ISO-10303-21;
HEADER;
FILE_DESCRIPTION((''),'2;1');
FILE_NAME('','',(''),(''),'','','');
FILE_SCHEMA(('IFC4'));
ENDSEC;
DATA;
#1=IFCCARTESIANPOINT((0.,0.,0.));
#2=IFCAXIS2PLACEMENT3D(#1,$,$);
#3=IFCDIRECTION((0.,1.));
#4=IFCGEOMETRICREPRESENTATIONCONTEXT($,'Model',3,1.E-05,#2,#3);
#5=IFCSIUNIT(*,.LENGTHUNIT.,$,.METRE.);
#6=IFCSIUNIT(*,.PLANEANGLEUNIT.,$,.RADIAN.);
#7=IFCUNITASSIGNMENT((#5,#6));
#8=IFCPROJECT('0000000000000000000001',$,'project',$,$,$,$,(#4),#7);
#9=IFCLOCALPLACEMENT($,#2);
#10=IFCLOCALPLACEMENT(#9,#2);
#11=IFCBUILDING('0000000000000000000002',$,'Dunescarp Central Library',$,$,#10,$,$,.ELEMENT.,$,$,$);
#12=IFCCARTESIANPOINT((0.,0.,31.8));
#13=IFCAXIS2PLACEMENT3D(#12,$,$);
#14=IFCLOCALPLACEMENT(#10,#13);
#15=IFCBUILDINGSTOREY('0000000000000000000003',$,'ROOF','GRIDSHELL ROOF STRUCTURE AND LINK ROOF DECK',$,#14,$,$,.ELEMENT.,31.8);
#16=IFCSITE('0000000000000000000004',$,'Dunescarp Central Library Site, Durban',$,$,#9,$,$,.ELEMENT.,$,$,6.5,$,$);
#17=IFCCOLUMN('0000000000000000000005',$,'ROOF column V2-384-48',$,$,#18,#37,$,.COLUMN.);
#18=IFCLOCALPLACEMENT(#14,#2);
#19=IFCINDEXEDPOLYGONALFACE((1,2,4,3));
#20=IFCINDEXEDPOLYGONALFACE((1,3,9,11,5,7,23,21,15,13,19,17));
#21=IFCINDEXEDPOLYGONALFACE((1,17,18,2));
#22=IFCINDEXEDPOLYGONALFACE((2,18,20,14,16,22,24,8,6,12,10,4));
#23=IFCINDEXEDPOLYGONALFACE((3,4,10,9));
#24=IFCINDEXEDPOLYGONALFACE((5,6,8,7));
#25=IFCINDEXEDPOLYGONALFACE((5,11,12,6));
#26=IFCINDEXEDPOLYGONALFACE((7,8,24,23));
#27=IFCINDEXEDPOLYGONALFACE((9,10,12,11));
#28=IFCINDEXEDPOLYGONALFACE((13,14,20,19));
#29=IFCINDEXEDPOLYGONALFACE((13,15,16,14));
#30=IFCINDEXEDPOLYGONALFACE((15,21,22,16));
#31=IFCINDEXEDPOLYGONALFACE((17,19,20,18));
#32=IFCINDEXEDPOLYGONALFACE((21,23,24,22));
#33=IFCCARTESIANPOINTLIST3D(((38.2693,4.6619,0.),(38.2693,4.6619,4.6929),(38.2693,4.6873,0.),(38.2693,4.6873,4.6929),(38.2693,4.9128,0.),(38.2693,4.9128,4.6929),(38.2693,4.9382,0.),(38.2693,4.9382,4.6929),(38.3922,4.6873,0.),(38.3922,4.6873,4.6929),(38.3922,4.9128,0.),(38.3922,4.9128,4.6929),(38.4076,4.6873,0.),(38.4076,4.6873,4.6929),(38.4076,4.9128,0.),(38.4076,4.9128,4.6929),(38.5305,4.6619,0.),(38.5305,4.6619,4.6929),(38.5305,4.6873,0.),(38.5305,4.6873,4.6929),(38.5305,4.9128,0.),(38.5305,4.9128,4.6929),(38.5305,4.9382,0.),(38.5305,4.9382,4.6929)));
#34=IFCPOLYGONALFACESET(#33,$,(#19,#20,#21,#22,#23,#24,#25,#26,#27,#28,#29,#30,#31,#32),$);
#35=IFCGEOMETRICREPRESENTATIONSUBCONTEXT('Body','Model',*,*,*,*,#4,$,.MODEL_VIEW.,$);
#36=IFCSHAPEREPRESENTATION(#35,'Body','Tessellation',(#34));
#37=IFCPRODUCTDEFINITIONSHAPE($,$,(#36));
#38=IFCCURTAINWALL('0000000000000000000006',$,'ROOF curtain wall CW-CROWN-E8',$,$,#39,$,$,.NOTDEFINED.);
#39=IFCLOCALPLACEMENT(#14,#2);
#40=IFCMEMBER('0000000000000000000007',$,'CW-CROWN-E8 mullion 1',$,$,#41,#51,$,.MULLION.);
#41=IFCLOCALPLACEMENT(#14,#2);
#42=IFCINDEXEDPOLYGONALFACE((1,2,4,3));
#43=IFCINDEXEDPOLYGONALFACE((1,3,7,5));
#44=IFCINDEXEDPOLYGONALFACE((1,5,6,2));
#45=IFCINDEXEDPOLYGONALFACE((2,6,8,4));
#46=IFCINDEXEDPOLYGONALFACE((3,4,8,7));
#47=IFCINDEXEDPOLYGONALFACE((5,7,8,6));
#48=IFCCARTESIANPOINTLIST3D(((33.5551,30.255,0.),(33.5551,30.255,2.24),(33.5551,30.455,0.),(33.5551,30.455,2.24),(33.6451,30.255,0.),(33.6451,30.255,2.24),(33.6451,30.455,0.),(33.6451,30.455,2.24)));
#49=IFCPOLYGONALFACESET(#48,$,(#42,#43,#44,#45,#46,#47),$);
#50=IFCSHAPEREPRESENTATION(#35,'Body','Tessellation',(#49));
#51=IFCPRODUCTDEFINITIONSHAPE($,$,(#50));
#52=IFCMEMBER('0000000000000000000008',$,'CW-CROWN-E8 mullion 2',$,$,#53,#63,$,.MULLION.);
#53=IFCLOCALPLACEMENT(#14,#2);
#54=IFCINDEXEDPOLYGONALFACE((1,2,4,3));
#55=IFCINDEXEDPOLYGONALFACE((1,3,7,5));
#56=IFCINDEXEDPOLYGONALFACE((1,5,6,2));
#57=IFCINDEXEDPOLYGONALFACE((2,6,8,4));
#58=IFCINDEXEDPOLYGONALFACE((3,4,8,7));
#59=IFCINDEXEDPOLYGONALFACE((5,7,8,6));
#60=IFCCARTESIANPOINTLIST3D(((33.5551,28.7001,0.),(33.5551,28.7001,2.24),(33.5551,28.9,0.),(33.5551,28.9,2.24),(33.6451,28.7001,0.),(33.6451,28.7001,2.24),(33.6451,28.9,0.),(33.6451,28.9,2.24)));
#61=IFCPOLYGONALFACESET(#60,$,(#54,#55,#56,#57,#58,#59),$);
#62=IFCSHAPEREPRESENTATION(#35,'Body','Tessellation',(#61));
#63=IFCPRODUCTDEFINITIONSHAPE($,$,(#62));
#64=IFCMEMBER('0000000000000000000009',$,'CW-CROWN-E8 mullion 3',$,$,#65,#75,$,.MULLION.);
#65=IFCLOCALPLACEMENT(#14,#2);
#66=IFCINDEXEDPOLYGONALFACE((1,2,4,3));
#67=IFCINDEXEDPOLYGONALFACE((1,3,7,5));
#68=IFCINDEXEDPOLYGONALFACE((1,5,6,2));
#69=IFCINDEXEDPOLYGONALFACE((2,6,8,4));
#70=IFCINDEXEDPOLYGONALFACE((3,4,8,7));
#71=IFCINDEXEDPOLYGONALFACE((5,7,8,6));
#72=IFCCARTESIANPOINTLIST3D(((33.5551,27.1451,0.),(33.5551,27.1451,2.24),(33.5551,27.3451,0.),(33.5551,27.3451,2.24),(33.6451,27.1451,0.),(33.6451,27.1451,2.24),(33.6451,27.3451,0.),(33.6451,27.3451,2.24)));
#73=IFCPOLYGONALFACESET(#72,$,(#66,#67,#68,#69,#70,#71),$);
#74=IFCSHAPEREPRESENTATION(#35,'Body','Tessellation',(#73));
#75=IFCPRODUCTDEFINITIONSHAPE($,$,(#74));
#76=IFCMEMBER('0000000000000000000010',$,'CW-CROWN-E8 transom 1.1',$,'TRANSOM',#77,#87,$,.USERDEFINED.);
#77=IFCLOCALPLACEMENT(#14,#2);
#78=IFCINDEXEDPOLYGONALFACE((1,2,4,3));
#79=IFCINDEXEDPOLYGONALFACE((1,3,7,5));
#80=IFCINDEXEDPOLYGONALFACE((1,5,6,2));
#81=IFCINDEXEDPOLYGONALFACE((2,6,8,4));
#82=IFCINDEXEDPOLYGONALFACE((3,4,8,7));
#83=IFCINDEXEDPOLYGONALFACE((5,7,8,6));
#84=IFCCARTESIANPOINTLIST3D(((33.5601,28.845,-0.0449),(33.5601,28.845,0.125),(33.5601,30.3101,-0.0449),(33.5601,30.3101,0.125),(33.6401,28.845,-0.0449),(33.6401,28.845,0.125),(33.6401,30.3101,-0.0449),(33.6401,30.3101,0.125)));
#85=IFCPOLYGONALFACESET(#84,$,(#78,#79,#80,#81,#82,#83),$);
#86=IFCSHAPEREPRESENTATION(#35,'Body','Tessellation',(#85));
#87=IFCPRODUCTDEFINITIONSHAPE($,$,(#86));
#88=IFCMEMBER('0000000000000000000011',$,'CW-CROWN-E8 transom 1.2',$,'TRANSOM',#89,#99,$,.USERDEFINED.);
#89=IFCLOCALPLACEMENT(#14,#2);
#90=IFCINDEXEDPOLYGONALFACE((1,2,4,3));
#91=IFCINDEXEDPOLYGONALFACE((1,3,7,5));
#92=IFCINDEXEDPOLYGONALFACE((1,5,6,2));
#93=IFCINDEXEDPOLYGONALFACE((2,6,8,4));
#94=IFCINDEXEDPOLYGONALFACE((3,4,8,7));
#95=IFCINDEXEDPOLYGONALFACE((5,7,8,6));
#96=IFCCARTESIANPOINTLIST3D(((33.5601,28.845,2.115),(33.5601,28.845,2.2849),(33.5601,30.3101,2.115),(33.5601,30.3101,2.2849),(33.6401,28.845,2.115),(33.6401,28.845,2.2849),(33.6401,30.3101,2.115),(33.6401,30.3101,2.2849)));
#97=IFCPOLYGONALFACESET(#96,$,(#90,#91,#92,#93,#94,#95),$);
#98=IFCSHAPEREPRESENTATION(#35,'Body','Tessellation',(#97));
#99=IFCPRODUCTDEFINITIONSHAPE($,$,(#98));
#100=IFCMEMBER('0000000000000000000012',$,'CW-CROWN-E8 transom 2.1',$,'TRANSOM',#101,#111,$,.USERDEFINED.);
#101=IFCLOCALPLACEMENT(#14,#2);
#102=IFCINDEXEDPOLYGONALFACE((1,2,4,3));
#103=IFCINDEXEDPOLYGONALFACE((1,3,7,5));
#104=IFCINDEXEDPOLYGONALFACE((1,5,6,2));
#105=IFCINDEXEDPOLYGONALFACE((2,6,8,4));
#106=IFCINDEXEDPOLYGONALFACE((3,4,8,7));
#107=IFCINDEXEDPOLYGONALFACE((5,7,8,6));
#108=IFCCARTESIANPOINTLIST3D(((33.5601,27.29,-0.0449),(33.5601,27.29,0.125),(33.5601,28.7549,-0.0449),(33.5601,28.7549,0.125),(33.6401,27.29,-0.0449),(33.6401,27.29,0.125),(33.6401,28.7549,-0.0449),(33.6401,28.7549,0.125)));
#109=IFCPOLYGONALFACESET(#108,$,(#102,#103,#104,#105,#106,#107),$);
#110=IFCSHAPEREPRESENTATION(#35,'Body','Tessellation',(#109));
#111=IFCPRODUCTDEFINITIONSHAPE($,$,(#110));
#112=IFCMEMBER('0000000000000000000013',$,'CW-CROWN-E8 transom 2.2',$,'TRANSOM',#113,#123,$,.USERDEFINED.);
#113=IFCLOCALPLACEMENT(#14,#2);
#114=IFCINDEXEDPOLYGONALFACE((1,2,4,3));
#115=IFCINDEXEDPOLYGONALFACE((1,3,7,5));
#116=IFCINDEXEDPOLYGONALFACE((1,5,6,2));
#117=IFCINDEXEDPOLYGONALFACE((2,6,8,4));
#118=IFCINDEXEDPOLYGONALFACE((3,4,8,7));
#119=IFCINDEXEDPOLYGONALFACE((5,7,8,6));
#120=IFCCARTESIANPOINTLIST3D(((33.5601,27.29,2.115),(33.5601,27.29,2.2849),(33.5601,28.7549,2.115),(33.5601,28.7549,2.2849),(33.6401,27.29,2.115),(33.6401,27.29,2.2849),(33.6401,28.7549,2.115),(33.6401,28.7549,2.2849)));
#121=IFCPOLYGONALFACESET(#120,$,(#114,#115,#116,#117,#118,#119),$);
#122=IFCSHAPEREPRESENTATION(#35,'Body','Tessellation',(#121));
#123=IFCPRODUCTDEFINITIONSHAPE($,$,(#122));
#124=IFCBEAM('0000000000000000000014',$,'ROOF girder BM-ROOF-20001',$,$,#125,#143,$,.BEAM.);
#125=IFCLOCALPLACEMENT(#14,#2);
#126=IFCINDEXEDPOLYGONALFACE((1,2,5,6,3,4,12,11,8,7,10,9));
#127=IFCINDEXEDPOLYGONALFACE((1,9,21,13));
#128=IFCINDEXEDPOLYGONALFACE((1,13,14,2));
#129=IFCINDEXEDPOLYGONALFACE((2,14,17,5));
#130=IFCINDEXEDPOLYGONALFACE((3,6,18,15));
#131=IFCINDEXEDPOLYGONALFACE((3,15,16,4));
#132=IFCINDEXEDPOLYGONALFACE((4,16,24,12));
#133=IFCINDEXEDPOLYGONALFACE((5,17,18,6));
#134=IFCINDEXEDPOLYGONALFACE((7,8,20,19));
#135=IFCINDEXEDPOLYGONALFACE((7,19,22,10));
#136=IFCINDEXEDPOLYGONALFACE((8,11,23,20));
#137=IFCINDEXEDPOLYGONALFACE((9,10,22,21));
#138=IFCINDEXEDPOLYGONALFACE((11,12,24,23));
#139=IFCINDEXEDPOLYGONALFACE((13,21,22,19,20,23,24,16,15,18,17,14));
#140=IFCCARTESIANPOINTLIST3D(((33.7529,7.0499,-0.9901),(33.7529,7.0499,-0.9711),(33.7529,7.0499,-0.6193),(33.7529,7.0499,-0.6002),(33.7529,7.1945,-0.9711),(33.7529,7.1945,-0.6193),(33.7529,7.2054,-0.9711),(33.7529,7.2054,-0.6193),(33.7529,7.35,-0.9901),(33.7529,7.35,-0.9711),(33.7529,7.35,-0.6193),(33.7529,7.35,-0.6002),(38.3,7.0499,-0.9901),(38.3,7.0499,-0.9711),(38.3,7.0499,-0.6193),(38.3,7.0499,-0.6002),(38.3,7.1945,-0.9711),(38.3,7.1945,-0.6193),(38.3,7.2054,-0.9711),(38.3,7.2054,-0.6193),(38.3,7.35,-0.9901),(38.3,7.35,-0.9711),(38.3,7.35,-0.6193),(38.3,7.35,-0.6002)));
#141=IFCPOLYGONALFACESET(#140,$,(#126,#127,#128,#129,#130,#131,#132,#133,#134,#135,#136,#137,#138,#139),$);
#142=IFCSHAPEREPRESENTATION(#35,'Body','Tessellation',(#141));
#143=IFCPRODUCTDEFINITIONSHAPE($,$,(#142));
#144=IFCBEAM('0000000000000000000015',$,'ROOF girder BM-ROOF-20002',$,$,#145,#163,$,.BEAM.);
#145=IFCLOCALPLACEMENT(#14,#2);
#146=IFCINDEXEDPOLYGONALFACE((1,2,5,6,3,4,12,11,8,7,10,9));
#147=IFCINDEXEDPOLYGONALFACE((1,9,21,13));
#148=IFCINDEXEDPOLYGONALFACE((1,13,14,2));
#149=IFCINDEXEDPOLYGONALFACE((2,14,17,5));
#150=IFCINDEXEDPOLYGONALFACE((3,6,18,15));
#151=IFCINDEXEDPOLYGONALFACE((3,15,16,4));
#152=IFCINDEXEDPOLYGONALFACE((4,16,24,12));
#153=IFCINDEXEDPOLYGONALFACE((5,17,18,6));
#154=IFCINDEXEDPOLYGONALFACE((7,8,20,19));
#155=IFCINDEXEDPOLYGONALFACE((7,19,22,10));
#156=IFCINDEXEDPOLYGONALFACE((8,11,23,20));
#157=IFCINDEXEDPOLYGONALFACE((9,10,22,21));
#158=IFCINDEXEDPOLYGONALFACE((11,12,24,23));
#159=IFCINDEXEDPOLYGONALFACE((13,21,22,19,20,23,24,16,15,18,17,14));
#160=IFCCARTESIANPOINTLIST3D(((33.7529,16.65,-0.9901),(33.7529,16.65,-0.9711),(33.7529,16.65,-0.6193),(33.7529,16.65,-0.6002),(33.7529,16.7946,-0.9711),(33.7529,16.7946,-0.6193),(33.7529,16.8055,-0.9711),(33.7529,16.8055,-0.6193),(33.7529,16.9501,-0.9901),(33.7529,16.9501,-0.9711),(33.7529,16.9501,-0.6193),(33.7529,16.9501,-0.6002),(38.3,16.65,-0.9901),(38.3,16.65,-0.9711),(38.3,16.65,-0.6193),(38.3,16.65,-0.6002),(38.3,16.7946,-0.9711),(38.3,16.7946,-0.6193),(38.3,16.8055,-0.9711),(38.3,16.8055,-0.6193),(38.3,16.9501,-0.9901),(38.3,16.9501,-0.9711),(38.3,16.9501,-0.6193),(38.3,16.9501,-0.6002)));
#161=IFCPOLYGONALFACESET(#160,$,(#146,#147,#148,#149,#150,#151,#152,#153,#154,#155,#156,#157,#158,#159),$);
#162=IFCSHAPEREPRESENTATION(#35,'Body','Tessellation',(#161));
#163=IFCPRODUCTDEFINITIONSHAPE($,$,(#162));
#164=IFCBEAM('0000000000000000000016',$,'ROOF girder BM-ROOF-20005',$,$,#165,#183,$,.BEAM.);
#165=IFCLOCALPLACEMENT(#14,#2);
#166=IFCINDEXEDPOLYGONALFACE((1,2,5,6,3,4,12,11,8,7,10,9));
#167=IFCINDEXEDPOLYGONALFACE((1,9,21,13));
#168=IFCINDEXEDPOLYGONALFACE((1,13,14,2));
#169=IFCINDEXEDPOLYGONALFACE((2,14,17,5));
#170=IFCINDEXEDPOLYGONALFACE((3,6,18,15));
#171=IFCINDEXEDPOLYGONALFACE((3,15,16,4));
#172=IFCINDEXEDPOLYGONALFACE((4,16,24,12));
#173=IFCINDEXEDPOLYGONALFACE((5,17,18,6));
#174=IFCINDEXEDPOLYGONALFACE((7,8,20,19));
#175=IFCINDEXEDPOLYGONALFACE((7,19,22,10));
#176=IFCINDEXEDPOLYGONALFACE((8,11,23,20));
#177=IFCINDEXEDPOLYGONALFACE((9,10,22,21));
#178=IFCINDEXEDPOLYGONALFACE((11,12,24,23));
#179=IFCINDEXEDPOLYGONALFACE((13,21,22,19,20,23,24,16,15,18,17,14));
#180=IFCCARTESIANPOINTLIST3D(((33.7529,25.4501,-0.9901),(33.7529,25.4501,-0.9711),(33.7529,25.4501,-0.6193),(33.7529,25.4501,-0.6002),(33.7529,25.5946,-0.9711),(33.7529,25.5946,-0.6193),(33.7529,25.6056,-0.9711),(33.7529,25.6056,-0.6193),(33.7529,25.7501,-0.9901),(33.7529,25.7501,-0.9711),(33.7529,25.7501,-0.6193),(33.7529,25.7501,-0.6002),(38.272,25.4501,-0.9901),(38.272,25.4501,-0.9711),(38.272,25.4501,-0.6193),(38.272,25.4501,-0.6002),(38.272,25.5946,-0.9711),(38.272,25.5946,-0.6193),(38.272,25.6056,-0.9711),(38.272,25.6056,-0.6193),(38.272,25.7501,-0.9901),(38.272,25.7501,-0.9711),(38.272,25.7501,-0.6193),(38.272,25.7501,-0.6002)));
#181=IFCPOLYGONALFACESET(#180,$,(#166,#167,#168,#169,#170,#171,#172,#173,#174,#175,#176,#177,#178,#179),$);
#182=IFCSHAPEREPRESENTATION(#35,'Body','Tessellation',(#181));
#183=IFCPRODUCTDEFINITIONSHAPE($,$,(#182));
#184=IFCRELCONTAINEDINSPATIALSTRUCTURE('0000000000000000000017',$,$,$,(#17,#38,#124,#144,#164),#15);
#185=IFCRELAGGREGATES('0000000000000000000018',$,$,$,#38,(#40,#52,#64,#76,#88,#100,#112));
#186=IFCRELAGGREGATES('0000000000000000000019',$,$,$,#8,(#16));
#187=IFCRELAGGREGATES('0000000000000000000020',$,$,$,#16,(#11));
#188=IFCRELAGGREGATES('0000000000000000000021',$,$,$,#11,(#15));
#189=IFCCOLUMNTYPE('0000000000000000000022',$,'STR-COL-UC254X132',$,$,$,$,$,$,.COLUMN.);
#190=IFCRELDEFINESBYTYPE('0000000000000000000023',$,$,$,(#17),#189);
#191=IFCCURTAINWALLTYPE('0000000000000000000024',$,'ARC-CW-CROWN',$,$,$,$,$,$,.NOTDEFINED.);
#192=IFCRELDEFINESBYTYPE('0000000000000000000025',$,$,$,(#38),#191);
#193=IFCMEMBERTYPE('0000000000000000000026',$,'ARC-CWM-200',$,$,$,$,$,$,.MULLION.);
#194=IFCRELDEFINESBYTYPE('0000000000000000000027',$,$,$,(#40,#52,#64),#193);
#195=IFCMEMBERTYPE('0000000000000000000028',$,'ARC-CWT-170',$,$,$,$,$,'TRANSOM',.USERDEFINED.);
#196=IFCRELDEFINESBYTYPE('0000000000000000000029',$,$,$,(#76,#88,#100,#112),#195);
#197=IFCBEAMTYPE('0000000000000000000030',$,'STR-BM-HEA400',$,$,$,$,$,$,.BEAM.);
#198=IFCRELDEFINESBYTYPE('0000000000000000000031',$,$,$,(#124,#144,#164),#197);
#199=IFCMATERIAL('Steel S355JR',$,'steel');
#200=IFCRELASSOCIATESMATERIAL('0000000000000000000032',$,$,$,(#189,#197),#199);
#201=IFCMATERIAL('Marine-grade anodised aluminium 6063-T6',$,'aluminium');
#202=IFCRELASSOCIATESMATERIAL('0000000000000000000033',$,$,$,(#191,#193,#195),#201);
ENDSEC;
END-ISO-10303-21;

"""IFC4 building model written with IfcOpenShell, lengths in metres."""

from ifc_helpers import new_model, si_unit, direction, frame, origin, origin_2d, place, context, subcontext, project, spatial, rectangle, i_section, extrude, material, material_profile, profile_set, type_object, element, aggregate, save


model = new_model("IFC4")

# Units and contexts
model_context = context("Model", 3, precision=1e-05, world=origin(), true_north=direction((0.0, 1.0)))
body_context = subcontext(model_context, "Body", "Model", "MODEL_VIEW")
ifc_project = project(units=[si_unit("LENGTHUNIT", "METRE"), si_unit("PLANEANGLEUNIT", "RADIAN")], contexts=[model_context])

# Site, building, storey
site_placement = place(None, origin())
site = spatial("IfcSite", under=ifc_project, at=site_placement, Name="Dunescarp Central Library Site, Durban", CompositionType="ELEMENT", RefElevation=6.5)
building_placement = place(site_placement, origin())
building = spatial("IfcBuilding", under=site, at=building_placement, Name="Dunescarp Central Library", CompositionType="ELEMENT")
storey_placement = place(building_placement, frame((0.0, 0.0, 31.8)))
storey = spatial("IfcBuildingStorey", under=building, at=storey_placement, Name="ROOF", Description="GRIDSHELL ROOF STRUCTURE AND LINK ROOF DECK", CompositionType="ELEMENT", Elevation=31.8)

# Column
ifc_material_1 = material(Name="Steel S355JR", Category="steel")
ifc_material_profile_1 = material_profile(ifc_material_1, i_section(OverallWidth=0.2612, OverallDepth=0.2764, WebThickness=0.0154, FlangeThickness=0.0254, at=origin_2d()), Name="UC 254x254x132")
ifc_profile_set_1 = profile_set([ifc_material_profile_1], Name="Steel S355JR")
column_type = type_object("IfcColumnType", Name="STR-COL-UC254X132", PredefinedType="COLUMN", material=ifc_profile_set_1)
column_placement = place(storey_placement, frame((38.3999, 4.8, 0.0), z_axis=(0.0, 0.0, 1.0), x_axis=(1.0, 0.0, 0.0)))
element("IfcColumn", 1, at=column_placement, inside=storey, type_object=column_type, Name="ROOF column V2-384-48", PredefinedType="COLUMN", context=body_context, shape_type="SweptSolid", body=[
    extrude(i_section(OverallWidth=0.2612, OverallDepth=0.2764, WebThickness=0.0154, FlangeThickness=0.0254, at=origin_2d()), origin(), (0.0, 0.0, 1.0), 4.6929),
])

# Curtain wall, members
ifc_material_2 = material(Name="Marine-grade anodised aluminium 6063-T6", Category="aluminium")
curtain_wall_type = type_object("IfcCurtainWallType", Name="ARC-CW-CROWN", PredefinedType="NOTDEFINED", material=ifc_material_2)
curtain_wall_1_placement = place(storey_placement, origin())
curtain_wall_1 = element("IfcCurtainWall", 2, at=curtain_wall_1_placement, inside=storey, type_object=curtain_wall_type, Name="ROOF curtain wall CW-CROWN-E8", PredefinedType="NOTDEFINED")
ifc_material_profile_2 = material_profile(ifc_material_2, rectangle(XDim=0.0901, YDim=0.2, at=origin_2d()), Name="AL 90x200")
ifc_profile_set_2 = profile_set([ifc_material_profile_2], Name="Marine-grade anodised aluminium 6063-T6")
member_type_1 = type_object("IfcMemberType", Name="ARC-CWM-200", PredefinedType="MULLION", material=ifc_profile_set_2)
member_1_placement = place(storey_placement, frame((33.6001, 30.355, 0.0), z_axis=(0.0, 0.0, 1.0), x_axis=(1.0, 0.0, 0.0)))
member_1 = element("IfcMember", 3, at=member_1_placement, type_object=member_type_1, Name="CW-CROWN-E8 mullion 1", PredefinedType="MULLION", context=body_context, shape_type="SweptSolid", body=[
    extrude(rectangle(XDim=0.0901, YDim=0.2, at=origin_2d()), origin(), (0.0, 0.0, 1.0), 2.24),
])
member_2_placement = place(storey_placement, frame((33.6001, 28.8, 0.0), z_axis=(0.0, 0.0, 1.0), x_axis=(1.0, 0.0, 0.0)))
member_2 = element("IfcMember", 4, at=member_2_placement, type_object=member_type_1, Name="CW-CROWN-E8 mullion 2", PredefinedType="MULLION", context=body_context, shape_type="SweptSolid", body=[
    extrude(rectangle(XDim=0.0901, YDim=0.2, at=origin_2d()), origin(), (0.0, 0.0, 1.0), 2.24),
])
member_3_placement = place(storey_placement, frame((33.6001, 27.2451, 0.0), z_axis=(0.0, 0.0, 1.0), x_axis=(1.0, 0.0, 0.0)))
member_3 = element("IfcMember", 5, at=member_3_placement, type_object=member_type_1, Name="CW-CROWN-E8 mullion 3", PredefinedType="MULLION", context=body_context, shape_type="SweptSolid", body=[
    extrude(rectangle(XDim=0.0901, YDim=0.2, at=origin_2d()), origin(), (0.0, 0.0, 1.0), 2.24),
])
ifc_material_profile_3 = material_profile(ifc_material_2, rectangle(XDim=0.0801, YDim=0.1699, at=origin_2d()), Name="AL 80x170")
ifc_profile_set_3 = profile_set([ifc_material_profile_3], Name="Marine-grade anodised aluminium 6063-T6")
member_type_2 = type_object("IfcMemberType", Name="ARC-CWT-170", ElementType="TRANSOM", PredefinedType="USERDEFINED", material=ifc_profile_set_3)
member_4_placement = place(storey_placement, frame((33.6001, 30.3101, 0.04), z_axis=(0.0, -1.0, 0.0), x_axis=(1.0, 0.0, 0.0)))
member_4 = element("IfcMember", 6, at=member_4_placement, type_object=member_type_2, Name="CW-CROWN-E8 transom 1.1", ObjectType="TRANSOM", PredefinedType="USERDEFINED", context=body_context, shape_type="SweptSolid", body=[
    extrude(rectangle(XDim=0.0801, YDim=0.1699, at=origin_2d()), origin(), (0.0, 0.0, 1.0), 1.4651),
])
member_5_placement = place(storey_placement, frame((33.6001, 30.3101, 2.2), z_axis=(0.0, -1.0, 0.0), x_axis=(1.0, 0.0, 0.0)))
member_5 = element("IfcMember", 7, at=member_5_placement, type_object=member_type_2, Name="CW-CROWN-E8 transom 1.2", ObjectType="TRANSOM", PredefinedType="USERDEFINED", context=body_context, shape_type="SweptSolid", body=[
    extrude(rectangle(XDim=0.0801, YDim=0.1699, at=origin_2d()), origin(), (0.0, 0.0, 1.0), 1.4651),
])
member_6_placement = place(storey_placement, frame((33.6001, 28.7549, 0.04), z_axis=(0.0, -1.0, 0.0), x_axis=(1.0, 0.0, 0.0)))
member_6 = element("IfcMember", 8, at=member_6_placement, type_object=member_type_2, Name="CW-CROWN-E8 transom 2.1", ObjectType="TRANSOM", PredefinedType="USERDEFINED", context=body_context, shape_type="SweptSolid", body=[
    extrude(rectangle(XDim=0.0801, YDim=0.1699, at=origin_2d()), origin(), (0.0, 0.0, 1.0), 1.4648),
])
member_7_placement = place(storey_placement, frame((33.6001, 28.7549, 2.2), z_axis=(0.0, -1.0, 0.0), x_axis=(1.0, 0.0, 0.0)))
member_7 = element("IfcMember", 9, at=member_7_placement, type_object=member_type_2, Name="CW-CROWN-E8 transom 2.2", ObjectType="TRANSOM", PredefinedType="USERDEFINED", context=body_context, shape_type="SweptSolid", body=[
    extrude(rectangle(XDim=0.0801, YDim=0.1699, at=origin_2d()), origin(), (0.0, 0.0, 1.0), 1.4648),
])

# Beams
ifc_material_profile_4 = material_profile(ifc_material_1, i_section(OverallWidth=0.3, OverallDepth=0.3899, WebThickness=0.011, FlangeThickness=0.019, at=origin_2d()), Name="HEA 400")
ifc_profile_set_4 = profile_set([ifc_material_profile_4], Name="Steel S355JR")
beam_type_1 = type_object("IfcBeamType", Name="STR-BM-HEA400", PredefinedType="BEAM", material=ifc_profile_set_4)
for number, where, z_axis, x_axis, name in (
    (10, (33.7529, 7.2, -0.7952), (1.0, 0.0, 0.0), (0.0, 1.0, 0.0), "ROOF girder BM-ROOF-20001"),
    (11, (33.7529, 16.8, -0.7952), (1.0, 0.0, 0.0), (0.0, 1.0, 0.0), "ROOF girder BM-ROOF-20002"),
):
    element("IfcBeam", number, at=place(storey_placement, frame(where, z_axis=z_axis, x_axis=x_axis)), inside=storey, type_object=beam_type_1, Name=name, PredefinedType="BEAM", context=body_context, shape_type="SweptSolid", body=[
        extrude(i_section(OverallWidth=0.3, OverallDepth=0.3899, WebThickness=0.011, FlangeThickness=0.019, at=origin_2d()), origin(), (0.0, 0.0, 1.0), 4.5471),
    ])
beam_1_placement = place(storey_placement, frame((33.7529, 25.6001, -0.7952), z_axis=(1.0, 0.0, 0.0), x_axis=(0.0, 1.0, 0.0)))
element("IfcBeam", 12, at=beam_1_placement, inside=storey, type_object=beam_type_1, Name="ROOF girder BM-ROOF-20005", PredefinedType="BEAM", context=body_context, shape_type="SweptSolid", body=[
    extrude(i_section(OverallWidth=0.3, OverallDepth=0.3899, WebThickness=0.011, FlangeThickness=0.019, at=origin_2d()), origin(), (0.0, 0.0, 1.0), 4.519),
])

aggregate(curtain_wall_1, [member_1, member_2, member_3, member_4, member_5, member_6, member_7])

save(model, "model.ifc")
